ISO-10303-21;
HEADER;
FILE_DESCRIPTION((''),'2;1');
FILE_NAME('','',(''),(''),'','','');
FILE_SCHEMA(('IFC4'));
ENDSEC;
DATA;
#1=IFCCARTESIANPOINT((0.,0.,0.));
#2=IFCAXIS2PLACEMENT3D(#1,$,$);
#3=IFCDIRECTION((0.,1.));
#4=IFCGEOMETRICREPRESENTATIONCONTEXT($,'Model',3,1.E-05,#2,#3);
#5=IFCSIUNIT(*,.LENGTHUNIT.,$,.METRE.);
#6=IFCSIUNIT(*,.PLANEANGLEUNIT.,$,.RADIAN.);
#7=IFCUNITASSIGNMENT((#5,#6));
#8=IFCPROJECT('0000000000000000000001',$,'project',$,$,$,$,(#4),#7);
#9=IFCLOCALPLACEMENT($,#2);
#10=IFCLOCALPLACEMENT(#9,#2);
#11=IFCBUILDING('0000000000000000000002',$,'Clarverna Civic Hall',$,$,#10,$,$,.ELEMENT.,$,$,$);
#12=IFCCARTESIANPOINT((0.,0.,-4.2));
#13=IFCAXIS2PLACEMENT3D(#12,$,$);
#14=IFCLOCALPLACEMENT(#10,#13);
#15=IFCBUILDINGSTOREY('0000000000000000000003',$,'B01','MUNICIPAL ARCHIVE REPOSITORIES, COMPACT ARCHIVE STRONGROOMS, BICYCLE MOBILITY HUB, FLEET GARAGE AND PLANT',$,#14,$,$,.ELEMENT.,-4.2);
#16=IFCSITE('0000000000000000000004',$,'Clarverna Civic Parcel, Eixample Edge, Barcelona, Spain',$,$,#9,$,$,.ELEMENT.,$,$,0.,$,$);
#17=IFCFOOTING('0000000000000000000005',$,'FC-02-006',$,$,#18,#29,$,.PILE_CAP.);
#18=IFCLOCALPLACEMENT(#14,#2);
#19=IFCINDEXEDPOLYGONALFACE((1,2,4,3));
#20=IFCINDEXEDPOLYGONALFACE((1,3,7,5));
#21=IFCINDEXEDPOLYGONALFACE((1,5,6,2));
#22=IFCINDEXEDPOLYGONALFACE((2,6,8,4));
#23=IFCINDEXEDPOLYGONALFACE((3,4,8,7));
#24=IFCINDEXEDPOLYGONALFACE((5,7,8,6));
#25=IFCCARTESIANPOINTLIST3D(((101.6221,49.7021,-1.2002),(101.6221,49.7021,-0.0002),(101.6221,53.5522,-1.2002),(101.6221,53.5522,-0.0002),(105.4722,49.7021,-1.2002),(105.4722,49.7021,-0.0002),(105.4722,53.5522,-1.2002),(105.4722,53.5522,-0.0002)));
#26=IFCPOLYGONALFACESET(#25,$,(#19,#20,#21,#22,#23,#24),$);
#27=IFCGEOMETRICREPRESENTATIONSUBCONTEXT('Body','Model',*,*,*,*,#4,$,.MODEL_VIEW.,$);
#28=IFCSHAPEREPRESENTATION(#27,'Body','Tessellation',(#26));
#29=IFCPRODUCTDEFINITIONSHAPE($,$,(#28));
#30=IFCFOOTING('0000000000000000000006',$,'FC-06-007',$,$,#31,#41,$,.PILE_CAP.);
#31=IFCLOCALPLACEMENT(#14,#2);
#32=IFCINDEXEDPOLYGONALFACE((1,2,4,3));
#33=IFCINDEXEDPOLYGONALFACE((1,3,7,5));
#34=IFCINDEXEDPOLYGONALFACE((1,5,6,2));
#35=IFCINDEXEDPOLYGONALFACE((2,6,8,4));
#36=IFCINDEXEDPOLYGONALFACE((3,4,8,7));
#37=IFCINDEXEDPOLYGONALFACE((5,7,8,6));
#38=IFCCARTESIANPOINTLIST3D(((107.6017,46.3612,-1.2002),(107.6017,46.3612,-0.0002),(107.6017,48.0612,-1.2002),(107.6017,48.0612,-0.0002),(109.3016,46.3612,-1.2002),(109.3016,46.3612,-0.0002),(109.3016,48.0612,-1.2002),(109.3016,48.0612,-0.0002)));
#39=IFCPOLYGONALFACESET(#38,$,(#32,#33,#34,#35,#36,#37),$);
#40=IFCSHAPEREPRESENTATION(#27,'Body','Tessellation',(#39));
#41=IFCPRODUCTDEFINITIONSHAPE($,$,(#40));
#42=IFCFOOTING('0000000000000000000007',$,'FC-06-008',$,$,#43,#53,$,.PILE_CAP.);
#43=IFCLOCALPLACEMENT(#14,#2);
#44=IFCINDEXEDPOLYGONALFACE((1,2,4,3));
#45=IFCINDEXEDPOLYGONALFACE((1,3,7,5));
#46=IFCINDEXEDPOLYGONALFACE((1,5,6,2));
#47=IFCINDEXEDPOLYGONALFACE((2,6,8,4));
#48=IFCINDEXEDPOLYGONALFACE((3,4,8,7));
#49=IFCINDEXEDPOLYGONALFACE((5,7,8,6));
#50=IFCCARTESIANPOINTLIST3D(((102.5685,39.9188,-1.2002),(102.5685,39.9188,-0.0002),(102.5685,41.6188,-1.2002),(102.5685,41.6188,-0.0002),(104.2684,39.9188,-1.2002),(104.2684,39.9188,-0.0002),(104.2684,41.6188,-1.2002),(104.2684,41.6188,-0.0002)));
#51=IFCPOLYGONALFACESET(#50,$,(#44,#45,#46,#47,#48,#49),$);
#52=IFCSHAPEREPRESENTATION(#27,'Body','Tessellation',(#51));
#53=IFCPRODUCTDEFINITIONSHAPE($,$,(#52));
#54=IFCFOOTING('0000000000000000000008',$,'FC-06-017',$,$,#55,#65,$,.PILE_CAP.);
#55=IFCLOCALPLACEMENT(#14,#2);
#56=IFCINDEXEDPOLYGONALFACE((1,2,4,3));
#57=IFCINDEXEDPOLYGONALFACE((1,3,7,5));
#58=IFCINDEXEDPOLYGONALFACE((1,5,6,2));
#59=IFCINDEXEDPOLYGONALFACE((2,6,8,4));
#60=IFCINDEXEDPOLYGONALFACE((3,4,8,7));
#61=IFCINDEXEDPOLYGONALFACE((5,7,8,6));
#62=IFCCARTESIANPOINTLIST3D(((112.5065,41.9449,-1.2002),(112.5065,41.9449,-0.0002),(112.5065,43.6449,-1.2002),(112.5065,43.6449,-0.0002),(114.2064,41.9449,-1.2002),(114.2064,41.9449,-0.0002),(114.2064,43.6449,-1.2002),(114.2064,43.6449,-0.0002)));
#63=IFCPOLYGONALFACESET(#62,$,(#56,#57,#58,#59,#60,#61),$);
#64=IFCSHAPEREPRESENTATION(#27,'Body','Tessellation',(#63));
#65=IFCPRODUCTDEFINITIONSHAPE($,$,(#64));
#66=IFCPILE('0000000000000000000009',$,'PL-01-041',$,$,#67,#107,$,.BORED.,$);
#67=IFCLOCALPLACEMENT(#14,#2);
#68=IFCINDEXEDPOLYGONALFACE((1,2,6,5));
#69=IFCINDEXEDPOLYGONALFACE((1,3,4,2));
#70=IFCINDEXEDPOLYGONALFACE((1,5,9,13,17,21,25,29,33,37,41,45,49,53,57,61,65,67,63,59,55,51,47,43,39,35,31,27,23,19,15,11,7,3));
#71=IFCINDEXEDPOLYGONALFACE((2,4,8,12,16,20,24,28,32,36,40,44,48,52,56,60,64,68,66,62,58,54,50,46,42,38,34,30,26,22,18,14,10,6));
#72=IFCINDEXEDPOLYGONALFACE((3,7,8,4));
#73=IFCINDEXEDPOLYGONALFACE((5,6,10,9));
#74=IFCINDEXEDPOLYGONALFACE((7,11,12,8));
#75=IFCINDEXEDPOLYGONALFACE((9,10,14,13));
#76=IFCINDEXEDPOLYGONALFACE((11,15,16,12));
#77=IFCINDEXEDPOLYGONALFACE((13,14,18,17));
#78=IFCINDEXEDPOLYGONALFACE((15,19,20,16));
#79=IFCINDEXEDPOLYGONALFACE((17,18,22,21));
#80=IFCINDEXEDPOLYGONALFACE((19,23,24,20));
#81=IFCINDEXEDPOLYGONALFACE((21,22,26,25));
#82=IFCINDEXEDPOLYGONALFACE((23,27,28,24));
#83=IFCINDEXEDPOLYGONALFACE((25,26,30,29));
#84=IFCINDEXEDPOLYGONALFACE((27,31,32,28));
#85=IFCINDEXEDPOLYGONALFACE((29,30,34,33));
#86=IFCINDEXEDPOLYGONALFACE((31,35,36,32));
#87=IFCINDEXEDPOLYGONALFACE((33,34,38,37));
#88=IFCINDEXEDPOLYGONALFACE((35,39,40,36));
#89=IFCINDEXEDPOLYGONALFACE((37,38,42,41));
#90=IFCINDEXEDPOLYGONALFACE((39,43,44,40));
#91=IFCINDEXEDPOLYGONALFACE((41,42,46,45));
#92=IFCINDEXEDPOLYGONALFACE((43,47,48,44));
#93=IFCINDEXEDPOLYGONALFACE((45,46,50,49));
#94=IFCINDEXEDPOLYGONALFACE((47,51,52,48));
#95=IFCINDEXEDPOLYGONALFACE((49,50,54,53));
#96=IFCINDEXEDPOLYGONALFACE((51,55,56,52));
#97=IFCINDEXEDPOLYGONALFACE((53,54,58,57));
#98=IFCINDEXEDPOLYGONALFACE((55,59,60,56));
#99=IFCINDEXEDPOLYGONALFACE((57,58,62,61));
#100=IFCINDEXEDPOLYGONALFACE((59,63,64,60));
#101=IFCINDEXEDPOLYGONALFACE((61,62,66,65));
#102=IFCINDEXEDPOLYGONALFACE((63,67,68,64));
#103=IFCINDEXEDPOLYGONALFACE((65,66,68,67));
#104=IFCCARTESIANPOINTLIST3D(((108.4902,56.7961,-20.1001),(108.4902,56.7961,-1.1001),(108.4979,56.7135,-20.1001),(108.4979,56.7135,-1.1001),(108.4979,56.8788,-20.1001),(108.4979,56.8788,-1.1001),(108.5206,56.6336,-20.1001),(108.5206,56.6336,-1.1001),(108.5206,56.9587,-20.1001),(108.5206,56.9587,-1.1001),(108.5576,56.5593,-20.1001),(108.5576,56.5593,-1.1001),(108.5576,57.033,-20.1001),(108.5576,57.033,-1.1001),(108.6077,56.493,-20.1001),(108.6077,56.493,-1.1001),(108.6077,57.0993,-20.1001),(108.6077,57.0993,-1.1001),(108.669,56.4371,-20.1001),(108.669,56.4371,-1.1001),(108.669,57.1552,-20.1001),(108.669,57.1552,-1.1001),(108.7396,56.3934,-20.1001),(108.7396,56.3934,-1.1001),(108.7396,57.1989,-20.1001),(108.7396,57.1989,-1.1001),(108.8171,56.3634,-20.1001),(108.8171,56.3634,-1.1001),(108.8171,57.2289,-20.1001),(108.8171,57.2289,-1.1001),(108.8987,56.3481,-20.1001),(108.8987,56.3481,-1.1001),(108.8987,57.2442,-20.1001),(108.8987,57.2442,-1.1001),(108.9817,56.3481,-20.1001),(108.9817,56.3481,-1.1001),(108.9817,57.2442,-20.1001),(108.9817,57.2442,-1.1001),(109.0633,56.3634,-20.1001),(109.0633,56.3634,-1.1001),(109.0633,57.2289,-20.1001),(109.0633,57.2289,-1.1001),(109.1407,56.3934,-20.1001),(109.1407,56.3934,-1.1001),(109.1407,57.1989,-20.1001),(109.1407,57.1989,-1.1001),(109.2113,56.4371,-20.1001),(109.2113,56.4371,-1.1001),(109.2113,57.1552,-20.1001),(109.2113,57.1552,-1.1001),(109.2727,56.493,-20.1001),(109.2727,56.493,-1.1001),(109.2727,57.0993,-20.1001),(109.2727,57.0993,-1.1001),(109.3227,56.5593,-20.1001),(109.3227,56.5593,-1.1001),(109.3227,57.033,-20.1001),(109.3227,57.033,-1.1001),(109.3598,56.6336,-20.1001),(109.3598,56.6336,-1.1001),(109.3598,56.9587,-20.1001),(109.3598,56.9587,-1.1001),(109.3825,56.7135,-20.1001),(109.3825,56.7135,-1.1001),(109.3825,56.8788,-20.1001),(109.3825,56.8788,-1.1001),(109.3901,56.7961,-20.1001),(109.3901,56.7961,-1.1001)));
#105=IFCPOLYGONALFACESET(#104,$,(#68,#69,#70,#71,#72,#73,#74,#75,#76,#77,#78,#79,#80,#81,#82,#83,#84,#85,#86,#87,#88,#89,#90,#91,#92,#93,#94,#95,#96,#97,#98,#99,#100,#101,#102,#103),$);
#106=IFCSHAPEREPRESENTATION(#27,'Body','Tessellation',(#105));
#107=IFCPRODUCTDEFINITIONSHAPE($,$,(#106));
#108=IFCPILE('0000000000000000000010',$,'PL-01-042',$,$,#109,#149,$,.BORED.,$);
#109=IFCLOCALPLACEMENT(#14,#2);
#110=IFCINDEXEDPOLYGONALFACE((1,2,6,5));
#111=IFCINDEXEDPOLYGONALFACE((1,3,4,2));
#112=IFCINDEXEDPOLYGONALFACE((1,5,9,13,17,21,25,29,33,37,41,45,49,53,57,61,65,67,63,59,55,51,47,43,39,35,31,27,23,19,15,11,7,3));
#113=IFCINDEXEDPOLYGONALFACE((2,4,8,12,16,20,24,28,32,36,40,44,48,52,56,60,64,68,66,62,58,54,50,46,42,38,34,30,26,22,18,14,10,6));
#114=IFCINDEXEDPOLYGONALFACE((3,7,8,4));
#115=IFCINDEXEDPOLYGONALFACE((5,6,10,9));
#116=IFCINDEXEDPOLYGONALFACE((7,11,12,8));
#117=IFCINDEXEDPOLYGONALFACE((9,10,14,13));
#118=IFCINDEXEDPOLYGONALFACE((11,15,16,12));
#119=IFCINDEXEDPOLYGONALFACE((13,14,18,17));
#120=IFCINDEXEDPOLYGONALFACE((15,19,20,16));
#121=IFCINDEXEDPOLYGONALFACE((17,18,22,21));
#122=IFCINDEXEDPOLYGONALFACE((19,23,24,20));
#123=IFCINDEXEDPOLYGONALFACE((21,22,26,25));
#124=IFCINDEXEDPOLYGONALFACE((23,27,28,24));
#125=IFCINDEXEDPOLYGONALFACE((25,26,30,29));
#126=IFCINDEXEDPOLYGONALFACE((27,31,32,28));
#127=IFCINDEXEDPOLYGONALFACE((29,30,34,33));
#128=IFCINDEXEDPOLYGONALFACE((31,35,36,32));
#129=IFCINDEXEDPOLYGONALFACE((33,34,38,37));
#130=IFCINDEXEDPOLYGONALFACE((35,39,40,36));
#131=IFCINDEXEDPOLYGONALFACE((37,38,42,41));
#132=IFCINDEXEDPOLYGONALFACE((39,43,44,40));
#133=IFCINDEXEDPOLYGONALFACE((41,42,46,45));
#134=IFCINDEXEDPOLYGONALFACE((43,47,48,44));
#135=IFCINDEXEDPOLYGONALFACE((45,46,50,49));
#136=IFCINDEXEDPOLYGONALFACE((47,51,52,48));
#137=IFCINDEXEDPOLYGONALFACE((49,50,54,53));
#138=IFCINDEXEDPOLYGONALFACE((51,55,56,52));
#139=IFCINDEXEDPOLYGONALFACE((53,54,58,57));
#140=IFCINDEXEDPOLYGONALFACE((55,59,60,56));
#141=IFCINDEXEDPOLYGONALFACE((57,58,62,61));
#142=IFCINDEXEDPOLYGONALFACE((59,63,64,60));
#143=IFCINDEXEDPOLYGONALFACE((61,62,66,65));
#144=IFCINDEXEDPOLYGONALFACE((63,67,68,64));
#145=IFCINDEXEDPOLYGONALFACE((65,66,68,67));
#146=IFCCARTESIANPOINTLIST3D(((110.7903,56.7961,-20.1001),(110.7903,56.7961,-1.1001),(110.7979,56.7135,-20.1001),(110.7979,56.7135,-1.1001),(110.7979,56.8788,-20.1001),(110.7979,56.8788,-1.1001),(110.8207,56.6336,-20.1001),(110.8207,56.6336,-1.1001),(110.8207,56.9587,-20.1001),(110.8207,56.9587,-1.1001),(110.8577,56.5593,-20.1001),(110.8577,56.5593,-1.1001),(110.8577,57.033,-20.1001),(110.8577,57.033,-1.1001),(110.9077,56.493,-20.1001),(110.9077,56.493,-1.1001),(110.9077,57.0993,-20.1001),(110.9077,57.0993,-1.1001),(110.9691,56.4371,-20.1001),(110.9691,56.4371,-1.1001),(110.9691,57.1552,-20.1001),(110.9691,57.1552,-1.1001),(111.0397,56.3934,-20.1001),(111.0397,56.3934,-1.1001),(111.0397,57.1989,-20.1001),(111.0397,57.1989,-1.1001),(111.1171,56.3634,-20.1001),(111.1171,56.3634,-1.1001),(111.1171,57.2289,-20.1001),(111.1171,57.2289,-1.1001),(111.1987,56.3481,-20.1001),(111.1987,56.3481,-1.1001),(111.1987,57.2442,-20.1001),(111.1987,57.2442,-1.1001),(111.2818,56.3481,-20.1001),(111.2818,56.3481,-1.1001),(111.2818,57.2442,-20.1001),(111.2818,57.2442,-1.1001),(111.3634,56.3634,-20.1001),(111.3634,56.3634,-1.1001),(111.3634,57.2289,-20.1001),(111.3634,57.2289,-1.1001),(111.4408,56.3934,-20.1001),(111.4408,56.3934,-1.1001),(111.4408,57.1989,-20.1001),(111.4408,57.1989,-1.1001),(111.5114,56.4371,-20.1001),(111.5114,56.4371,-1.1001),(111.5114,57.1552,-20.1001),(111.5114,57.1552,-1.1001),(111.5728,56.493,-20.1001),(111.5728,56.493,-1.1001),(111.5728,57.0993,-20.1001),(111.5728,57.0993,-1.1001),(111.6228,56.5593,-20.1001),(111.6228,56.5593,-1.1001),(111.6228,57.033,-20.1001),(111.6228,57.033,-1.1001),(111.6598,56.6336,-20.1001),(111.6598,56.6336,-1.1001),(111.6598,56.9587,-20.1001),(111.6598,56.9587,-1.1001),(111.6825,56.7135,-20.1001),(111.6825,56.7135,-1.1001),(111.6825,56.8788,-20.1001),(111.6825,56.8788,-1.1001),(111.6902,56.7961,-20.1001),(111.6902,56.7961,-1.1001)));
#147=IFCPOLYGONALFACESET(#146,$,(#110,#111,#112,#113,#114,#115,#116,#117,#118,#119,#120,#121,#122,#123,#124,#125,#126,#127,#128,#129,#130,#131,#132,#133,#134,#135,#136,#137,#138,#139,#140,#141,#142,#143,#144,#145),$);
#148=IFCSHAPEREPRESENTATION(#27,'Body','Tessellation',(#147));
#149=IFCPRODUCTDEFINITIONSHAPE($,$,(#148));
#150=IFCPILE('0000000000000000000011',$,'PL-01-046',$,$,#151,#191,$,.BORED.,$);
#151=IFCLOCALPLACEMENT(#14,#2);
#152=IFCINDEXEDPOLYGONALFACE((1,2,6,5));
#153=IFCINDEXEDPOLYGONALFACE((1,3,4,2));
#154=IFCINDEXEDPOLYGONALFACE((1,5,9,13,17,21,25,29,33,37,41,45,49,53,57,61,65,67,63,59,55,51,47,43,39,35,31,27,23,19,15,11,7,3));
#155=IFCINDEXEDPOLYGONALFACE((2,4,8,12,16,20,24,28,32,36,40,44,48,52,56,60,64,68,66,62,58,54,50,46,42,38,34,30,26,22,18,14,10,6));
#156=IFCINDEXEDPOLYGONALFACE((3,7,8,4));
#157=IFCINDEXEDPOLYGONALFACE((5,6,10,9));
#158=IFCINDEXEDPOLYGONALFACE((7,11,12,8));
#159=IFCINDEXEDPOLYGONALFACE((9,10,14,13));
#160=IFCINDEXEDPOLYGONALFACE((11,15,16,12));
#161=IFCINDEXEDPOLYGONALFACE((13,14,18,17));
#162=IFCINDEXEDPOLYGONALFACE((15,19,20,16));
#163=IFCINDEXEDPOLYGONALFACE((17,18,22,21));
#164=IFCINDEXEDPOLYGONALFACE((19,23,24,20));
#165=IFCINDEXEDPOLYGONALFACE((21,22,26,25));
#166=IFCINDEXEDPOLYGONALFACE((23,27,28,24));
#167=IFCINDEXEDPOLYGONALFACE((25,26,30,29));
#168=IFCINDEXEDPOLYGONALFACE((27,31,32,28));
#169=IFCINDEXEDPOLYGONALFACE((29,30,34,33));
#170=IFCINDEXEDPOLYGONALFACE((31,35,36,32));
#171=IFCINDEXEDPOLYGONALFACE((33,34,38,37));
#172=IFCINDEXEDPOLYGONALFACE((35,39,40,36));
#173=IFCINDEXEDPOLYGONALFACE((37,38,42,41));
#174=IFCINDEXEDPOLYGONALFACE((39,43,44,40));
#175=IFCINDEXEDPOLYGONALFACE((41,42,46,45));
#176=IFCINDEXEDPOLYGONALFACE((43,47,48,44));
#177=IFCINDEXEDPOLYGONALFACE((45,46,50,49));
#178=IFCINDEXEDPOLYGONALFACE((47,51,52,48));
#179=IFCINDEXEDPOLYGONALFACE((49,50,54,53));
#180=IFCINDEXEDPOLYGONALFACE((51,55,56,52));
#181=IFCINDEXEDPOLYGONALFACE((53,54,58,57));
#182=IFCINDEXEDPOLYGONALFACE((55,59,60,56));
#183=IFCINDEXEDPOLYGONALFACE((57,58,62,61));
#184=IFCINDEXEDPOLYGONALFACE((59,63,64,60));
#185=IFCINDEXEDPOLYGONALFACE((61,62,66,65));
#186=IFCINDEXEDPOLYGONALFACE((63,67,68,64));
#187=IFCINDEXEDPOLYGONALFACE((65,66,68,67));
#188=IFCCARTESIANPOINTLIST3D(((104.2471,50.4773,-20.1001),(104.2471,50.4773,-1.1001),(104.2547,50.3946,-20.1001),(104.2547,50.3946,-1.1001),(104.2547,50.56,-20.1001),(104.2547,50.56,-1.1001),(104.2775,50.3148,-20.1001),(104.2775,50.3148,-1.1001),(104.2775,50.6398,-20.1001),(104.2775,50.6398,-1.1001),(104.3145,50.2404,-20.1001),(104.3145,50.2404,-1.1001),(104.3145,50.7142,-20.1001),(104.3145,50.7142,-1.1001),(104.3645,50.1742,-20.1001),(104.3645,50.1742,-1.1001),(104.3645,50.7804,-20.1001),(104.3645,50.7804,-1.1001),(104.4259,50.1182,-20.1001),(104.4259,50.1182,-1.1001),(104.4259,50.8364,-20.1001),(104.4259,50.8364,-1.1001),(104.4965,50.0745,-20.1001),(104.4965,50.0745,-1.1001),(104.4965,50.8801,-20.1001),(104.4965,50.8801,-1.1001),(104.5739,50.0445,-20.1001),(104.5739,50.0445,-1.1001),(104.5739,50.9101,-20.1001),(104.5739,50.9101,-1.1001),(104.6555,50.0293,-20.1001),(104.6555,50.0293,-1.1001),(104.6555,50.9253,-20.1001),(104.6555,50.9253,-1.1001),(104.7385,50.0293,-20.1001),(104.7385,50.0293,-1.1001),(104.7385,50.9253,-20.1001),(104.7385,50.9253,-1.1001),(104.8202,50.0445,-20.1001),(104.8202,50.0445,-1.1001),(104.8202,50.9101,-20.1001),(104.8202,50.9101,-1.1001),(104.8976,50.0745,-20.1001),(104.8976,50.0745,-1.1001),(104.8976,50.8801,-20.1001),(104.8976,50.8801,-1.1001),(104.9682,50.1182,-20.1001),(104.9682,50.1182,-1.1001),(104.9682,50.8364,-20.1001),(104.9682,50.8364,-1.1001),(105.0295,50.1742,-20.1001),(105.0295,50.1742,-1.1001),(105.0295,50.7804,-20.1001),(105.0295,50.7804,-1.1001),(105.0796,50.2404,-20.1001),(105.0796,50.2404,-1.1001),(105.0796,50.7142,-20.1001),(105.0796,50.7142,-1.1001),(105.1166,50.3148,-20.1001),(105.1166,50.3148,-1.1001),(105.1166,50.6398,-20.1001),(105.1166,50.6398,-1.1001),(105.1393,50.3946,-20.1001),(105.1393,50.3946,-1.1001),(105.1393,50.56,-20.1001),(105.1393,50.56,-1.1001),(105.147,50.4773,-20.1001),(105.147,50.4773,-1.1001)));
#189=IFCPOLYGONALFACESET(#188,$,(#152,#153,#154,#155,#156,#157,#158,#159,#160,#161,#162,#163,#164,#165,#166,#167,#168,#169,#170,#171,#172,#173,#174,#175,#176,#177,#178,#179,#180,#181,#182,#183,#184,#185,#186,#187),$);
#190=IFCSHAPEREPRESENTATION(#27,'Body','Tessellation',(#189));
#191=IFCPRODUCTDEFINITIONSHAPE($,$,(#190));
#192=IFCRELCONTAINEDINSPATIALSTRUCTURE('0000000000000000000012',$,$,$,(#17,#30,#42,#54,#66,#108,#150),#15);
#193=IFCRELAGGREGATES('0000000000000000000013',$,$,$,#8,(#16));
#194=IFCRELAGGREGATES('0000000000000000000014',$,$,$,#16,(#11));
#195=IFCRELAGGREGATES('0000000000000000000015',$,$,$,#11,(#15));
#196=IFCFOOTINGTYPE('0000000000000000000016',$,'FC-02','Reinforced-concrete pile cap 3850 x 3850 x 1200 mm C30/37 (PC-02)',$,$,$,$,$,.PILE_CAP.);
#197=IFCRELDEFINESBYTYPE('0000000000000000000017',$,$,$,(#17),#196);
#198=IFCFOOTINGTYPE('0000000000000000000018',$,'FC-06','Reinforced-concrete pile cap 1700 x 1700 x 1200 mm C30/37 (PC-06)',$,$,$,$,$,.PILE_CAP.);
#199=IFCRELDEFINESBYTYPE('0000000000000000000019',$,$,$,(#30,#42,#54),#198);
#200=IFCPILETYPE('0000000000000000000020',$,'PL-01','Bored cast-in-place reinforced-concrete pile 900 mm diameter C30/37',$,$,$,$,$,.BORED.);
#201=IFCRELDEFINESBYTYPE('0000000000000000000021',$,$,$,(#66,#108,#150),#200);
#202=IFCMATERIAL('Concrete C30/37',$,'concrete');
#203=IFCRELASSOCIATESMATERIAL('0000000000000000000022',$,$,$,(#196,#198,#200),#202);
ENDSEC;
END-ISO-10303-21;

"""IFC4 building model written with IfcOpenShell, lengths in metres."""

from ifc_helpers import new_model, si_unit, direction, frame, origin, origin_2d, place, context, subcontext, project, spatial, rectangle, circle, extrude, material, material_profile, profile_set, type_object, element, save


model = new_model("IFC4")

# Units and contexts
model_context = context("Model", 3, precision=1e-05, world=origin(), true_north=direction((0.0, 1.0)))
body_context = subcontext(model_context, "Body", "Model", "MODEL_VIEW")
ifc_project = project(units=[si_unit("LENGTHUNIT", "METRE"), si_unit("PLANEANGLEUNIT", "RADIAN")], contexts=[model_context])

# Site, building, storey
site_placement = place(None, origin())
site = spatial("IfcSite", under=ifc_project, at=site_placement, Name="Clarverna Civic Parcel, Eixample Edge, Barcelona, Spain", CompositionType="ELEMENT", RefElevation=0.0)
building_placement = place(site_placement, origin())
building = spatial("IfcBuilding", under=site, at=building_placement, Name="Clarverna Civic Hall", CompositionType="ELEMENT")
storey_placement = place(building_placement, frame((0.0, 0.0, -4.2)))
storey = spatial("IfcBuildingStorey", under=building, at=storey_placement, Name="B01", Description="MUNICIPAL ARCHIVE REPOSITORIES, COMPACT ARCHIVE STRONGROOMS, BICYCLE MOBILITY HUB, FLEET GARAGE AND PLANT", CompositionType="ELEMENT", Elevation=-4.2)

# Footings
ifc_material_1 = material(Name="Concrete C30/37", Category="concrete")
footing_type_1 = type_object("IfcFootingType", Name="FC-02", Description="Reinforced-concrete pile cap 3850 x 3850 x 1200 mm C30/37 (PC-02)", PredefinedType="PILE_CAP", material=ifc_material_1)
footing_placement = place(storey_placement, frame((103.5471, 51.6272, -1.2002), z_axis=(0.0, 0.0, 1.0), x_axis=(1.0, 0.0, 0.0)))
element("IfcFooting", 1, at=footing_placement, inside=storey, type_object=footing_type_1, Name="FC-02-006", PredefinedType="PILE_CAP", context=body_context, shape_type="SweptSolid", body=[
    extrude(rectangle(XDim=3.8501, YDim=3.8501, at=origin_2d()), origin(), (0.0, 0.0, 1.0), 1.2),
])
footing_type_2 = type_object("IfcFootingType", Name="FC-06", Description="Reinforced-concrete pile cap 1700 x 1700 x 1200 mm C30/37 (PC-06)", PredefinedType="PILE_CAP", material=ifc_material_1)
for number, where, z_axis, x_axis, name in (
    (2, (108.4517, 47.2112, -1.2002), (0.0, 0.0, 1.0), (1.0, 0.0, 0.0), "FC-06-007"),
    (3, (103.4185, 40.7688, -1.2002), (0.0, 0.0, 1.0), (1.0, 0.0, 0.0), "FC-06-008"),
    (4, (113.3564, 42.7949, -1.2002), (0.0, 0.0, 1.0), (1.0, 0.0, 0.0), "FC-06-017"),
):
    element("IfcFooting", number, at=place(storey_placement, frame(where, z_axis=z_axis, x_axis=x_axis)), inside=storey, type_object=footing_type_2, Name=name, PredefinedType="PILE_CAP", context=body_context, shape_type="SweptSolid", body=[
        extrude(rectangle(XDim=1.7, YDim=1.7, at=origin_2d()), origin(), (0.0, 0.0, 1.0), 1.2),
    ])

# Piles
ifc_material_profile_1 = material_profile(ifc_material_1, circle(Radius=0.45, at=origin_2d()), Name="BORED PILE D900")
ifc_profile_set_1 = profile_set([ifc_material_profile_1], Name="Concrete C30/37")
pile_type = type_object("IfcPileType", Name="PL-01", Description="Bored cast-in-place reinforced-concrete pile 900 mm diameter C30/37", PredefinedType="BORED", material=ifc_profile_set_1)
for number, where, z_axis, x_axis, name in (
    (5, (108.9402, 56.7961, -1.1001), (0.0, 0.0, -1.0), (1.0, 0.0, 0.0), "PL-01-041"),
    (6, (111.2402, 56.7961, -1.1001), (0.0, 0.0, -1.0), (1.0, 0.0, 0.0), "PL-01-042"),
    (7, (104.697, 50.4773, -1.1001), (0.0, 0.0, -1.0), (1.0, 0.0, 0.0), "PL-01-046"),
):
    element("IfcPile", number, at=place(storey_placement, frame(where, z_axis=z_axis, x_axis=x_axis)), inside=storey, type_object=pile_type, Name=name, PredefinedType="BORED", context=body_context, shape_type="SweptSolid", body=[
        extrude(circle(Radius=0.45, at=origin_2d()), origin(), (0.0, 0.0, 1.0), 19.0),
    ])

save(model, "model.ifc")
